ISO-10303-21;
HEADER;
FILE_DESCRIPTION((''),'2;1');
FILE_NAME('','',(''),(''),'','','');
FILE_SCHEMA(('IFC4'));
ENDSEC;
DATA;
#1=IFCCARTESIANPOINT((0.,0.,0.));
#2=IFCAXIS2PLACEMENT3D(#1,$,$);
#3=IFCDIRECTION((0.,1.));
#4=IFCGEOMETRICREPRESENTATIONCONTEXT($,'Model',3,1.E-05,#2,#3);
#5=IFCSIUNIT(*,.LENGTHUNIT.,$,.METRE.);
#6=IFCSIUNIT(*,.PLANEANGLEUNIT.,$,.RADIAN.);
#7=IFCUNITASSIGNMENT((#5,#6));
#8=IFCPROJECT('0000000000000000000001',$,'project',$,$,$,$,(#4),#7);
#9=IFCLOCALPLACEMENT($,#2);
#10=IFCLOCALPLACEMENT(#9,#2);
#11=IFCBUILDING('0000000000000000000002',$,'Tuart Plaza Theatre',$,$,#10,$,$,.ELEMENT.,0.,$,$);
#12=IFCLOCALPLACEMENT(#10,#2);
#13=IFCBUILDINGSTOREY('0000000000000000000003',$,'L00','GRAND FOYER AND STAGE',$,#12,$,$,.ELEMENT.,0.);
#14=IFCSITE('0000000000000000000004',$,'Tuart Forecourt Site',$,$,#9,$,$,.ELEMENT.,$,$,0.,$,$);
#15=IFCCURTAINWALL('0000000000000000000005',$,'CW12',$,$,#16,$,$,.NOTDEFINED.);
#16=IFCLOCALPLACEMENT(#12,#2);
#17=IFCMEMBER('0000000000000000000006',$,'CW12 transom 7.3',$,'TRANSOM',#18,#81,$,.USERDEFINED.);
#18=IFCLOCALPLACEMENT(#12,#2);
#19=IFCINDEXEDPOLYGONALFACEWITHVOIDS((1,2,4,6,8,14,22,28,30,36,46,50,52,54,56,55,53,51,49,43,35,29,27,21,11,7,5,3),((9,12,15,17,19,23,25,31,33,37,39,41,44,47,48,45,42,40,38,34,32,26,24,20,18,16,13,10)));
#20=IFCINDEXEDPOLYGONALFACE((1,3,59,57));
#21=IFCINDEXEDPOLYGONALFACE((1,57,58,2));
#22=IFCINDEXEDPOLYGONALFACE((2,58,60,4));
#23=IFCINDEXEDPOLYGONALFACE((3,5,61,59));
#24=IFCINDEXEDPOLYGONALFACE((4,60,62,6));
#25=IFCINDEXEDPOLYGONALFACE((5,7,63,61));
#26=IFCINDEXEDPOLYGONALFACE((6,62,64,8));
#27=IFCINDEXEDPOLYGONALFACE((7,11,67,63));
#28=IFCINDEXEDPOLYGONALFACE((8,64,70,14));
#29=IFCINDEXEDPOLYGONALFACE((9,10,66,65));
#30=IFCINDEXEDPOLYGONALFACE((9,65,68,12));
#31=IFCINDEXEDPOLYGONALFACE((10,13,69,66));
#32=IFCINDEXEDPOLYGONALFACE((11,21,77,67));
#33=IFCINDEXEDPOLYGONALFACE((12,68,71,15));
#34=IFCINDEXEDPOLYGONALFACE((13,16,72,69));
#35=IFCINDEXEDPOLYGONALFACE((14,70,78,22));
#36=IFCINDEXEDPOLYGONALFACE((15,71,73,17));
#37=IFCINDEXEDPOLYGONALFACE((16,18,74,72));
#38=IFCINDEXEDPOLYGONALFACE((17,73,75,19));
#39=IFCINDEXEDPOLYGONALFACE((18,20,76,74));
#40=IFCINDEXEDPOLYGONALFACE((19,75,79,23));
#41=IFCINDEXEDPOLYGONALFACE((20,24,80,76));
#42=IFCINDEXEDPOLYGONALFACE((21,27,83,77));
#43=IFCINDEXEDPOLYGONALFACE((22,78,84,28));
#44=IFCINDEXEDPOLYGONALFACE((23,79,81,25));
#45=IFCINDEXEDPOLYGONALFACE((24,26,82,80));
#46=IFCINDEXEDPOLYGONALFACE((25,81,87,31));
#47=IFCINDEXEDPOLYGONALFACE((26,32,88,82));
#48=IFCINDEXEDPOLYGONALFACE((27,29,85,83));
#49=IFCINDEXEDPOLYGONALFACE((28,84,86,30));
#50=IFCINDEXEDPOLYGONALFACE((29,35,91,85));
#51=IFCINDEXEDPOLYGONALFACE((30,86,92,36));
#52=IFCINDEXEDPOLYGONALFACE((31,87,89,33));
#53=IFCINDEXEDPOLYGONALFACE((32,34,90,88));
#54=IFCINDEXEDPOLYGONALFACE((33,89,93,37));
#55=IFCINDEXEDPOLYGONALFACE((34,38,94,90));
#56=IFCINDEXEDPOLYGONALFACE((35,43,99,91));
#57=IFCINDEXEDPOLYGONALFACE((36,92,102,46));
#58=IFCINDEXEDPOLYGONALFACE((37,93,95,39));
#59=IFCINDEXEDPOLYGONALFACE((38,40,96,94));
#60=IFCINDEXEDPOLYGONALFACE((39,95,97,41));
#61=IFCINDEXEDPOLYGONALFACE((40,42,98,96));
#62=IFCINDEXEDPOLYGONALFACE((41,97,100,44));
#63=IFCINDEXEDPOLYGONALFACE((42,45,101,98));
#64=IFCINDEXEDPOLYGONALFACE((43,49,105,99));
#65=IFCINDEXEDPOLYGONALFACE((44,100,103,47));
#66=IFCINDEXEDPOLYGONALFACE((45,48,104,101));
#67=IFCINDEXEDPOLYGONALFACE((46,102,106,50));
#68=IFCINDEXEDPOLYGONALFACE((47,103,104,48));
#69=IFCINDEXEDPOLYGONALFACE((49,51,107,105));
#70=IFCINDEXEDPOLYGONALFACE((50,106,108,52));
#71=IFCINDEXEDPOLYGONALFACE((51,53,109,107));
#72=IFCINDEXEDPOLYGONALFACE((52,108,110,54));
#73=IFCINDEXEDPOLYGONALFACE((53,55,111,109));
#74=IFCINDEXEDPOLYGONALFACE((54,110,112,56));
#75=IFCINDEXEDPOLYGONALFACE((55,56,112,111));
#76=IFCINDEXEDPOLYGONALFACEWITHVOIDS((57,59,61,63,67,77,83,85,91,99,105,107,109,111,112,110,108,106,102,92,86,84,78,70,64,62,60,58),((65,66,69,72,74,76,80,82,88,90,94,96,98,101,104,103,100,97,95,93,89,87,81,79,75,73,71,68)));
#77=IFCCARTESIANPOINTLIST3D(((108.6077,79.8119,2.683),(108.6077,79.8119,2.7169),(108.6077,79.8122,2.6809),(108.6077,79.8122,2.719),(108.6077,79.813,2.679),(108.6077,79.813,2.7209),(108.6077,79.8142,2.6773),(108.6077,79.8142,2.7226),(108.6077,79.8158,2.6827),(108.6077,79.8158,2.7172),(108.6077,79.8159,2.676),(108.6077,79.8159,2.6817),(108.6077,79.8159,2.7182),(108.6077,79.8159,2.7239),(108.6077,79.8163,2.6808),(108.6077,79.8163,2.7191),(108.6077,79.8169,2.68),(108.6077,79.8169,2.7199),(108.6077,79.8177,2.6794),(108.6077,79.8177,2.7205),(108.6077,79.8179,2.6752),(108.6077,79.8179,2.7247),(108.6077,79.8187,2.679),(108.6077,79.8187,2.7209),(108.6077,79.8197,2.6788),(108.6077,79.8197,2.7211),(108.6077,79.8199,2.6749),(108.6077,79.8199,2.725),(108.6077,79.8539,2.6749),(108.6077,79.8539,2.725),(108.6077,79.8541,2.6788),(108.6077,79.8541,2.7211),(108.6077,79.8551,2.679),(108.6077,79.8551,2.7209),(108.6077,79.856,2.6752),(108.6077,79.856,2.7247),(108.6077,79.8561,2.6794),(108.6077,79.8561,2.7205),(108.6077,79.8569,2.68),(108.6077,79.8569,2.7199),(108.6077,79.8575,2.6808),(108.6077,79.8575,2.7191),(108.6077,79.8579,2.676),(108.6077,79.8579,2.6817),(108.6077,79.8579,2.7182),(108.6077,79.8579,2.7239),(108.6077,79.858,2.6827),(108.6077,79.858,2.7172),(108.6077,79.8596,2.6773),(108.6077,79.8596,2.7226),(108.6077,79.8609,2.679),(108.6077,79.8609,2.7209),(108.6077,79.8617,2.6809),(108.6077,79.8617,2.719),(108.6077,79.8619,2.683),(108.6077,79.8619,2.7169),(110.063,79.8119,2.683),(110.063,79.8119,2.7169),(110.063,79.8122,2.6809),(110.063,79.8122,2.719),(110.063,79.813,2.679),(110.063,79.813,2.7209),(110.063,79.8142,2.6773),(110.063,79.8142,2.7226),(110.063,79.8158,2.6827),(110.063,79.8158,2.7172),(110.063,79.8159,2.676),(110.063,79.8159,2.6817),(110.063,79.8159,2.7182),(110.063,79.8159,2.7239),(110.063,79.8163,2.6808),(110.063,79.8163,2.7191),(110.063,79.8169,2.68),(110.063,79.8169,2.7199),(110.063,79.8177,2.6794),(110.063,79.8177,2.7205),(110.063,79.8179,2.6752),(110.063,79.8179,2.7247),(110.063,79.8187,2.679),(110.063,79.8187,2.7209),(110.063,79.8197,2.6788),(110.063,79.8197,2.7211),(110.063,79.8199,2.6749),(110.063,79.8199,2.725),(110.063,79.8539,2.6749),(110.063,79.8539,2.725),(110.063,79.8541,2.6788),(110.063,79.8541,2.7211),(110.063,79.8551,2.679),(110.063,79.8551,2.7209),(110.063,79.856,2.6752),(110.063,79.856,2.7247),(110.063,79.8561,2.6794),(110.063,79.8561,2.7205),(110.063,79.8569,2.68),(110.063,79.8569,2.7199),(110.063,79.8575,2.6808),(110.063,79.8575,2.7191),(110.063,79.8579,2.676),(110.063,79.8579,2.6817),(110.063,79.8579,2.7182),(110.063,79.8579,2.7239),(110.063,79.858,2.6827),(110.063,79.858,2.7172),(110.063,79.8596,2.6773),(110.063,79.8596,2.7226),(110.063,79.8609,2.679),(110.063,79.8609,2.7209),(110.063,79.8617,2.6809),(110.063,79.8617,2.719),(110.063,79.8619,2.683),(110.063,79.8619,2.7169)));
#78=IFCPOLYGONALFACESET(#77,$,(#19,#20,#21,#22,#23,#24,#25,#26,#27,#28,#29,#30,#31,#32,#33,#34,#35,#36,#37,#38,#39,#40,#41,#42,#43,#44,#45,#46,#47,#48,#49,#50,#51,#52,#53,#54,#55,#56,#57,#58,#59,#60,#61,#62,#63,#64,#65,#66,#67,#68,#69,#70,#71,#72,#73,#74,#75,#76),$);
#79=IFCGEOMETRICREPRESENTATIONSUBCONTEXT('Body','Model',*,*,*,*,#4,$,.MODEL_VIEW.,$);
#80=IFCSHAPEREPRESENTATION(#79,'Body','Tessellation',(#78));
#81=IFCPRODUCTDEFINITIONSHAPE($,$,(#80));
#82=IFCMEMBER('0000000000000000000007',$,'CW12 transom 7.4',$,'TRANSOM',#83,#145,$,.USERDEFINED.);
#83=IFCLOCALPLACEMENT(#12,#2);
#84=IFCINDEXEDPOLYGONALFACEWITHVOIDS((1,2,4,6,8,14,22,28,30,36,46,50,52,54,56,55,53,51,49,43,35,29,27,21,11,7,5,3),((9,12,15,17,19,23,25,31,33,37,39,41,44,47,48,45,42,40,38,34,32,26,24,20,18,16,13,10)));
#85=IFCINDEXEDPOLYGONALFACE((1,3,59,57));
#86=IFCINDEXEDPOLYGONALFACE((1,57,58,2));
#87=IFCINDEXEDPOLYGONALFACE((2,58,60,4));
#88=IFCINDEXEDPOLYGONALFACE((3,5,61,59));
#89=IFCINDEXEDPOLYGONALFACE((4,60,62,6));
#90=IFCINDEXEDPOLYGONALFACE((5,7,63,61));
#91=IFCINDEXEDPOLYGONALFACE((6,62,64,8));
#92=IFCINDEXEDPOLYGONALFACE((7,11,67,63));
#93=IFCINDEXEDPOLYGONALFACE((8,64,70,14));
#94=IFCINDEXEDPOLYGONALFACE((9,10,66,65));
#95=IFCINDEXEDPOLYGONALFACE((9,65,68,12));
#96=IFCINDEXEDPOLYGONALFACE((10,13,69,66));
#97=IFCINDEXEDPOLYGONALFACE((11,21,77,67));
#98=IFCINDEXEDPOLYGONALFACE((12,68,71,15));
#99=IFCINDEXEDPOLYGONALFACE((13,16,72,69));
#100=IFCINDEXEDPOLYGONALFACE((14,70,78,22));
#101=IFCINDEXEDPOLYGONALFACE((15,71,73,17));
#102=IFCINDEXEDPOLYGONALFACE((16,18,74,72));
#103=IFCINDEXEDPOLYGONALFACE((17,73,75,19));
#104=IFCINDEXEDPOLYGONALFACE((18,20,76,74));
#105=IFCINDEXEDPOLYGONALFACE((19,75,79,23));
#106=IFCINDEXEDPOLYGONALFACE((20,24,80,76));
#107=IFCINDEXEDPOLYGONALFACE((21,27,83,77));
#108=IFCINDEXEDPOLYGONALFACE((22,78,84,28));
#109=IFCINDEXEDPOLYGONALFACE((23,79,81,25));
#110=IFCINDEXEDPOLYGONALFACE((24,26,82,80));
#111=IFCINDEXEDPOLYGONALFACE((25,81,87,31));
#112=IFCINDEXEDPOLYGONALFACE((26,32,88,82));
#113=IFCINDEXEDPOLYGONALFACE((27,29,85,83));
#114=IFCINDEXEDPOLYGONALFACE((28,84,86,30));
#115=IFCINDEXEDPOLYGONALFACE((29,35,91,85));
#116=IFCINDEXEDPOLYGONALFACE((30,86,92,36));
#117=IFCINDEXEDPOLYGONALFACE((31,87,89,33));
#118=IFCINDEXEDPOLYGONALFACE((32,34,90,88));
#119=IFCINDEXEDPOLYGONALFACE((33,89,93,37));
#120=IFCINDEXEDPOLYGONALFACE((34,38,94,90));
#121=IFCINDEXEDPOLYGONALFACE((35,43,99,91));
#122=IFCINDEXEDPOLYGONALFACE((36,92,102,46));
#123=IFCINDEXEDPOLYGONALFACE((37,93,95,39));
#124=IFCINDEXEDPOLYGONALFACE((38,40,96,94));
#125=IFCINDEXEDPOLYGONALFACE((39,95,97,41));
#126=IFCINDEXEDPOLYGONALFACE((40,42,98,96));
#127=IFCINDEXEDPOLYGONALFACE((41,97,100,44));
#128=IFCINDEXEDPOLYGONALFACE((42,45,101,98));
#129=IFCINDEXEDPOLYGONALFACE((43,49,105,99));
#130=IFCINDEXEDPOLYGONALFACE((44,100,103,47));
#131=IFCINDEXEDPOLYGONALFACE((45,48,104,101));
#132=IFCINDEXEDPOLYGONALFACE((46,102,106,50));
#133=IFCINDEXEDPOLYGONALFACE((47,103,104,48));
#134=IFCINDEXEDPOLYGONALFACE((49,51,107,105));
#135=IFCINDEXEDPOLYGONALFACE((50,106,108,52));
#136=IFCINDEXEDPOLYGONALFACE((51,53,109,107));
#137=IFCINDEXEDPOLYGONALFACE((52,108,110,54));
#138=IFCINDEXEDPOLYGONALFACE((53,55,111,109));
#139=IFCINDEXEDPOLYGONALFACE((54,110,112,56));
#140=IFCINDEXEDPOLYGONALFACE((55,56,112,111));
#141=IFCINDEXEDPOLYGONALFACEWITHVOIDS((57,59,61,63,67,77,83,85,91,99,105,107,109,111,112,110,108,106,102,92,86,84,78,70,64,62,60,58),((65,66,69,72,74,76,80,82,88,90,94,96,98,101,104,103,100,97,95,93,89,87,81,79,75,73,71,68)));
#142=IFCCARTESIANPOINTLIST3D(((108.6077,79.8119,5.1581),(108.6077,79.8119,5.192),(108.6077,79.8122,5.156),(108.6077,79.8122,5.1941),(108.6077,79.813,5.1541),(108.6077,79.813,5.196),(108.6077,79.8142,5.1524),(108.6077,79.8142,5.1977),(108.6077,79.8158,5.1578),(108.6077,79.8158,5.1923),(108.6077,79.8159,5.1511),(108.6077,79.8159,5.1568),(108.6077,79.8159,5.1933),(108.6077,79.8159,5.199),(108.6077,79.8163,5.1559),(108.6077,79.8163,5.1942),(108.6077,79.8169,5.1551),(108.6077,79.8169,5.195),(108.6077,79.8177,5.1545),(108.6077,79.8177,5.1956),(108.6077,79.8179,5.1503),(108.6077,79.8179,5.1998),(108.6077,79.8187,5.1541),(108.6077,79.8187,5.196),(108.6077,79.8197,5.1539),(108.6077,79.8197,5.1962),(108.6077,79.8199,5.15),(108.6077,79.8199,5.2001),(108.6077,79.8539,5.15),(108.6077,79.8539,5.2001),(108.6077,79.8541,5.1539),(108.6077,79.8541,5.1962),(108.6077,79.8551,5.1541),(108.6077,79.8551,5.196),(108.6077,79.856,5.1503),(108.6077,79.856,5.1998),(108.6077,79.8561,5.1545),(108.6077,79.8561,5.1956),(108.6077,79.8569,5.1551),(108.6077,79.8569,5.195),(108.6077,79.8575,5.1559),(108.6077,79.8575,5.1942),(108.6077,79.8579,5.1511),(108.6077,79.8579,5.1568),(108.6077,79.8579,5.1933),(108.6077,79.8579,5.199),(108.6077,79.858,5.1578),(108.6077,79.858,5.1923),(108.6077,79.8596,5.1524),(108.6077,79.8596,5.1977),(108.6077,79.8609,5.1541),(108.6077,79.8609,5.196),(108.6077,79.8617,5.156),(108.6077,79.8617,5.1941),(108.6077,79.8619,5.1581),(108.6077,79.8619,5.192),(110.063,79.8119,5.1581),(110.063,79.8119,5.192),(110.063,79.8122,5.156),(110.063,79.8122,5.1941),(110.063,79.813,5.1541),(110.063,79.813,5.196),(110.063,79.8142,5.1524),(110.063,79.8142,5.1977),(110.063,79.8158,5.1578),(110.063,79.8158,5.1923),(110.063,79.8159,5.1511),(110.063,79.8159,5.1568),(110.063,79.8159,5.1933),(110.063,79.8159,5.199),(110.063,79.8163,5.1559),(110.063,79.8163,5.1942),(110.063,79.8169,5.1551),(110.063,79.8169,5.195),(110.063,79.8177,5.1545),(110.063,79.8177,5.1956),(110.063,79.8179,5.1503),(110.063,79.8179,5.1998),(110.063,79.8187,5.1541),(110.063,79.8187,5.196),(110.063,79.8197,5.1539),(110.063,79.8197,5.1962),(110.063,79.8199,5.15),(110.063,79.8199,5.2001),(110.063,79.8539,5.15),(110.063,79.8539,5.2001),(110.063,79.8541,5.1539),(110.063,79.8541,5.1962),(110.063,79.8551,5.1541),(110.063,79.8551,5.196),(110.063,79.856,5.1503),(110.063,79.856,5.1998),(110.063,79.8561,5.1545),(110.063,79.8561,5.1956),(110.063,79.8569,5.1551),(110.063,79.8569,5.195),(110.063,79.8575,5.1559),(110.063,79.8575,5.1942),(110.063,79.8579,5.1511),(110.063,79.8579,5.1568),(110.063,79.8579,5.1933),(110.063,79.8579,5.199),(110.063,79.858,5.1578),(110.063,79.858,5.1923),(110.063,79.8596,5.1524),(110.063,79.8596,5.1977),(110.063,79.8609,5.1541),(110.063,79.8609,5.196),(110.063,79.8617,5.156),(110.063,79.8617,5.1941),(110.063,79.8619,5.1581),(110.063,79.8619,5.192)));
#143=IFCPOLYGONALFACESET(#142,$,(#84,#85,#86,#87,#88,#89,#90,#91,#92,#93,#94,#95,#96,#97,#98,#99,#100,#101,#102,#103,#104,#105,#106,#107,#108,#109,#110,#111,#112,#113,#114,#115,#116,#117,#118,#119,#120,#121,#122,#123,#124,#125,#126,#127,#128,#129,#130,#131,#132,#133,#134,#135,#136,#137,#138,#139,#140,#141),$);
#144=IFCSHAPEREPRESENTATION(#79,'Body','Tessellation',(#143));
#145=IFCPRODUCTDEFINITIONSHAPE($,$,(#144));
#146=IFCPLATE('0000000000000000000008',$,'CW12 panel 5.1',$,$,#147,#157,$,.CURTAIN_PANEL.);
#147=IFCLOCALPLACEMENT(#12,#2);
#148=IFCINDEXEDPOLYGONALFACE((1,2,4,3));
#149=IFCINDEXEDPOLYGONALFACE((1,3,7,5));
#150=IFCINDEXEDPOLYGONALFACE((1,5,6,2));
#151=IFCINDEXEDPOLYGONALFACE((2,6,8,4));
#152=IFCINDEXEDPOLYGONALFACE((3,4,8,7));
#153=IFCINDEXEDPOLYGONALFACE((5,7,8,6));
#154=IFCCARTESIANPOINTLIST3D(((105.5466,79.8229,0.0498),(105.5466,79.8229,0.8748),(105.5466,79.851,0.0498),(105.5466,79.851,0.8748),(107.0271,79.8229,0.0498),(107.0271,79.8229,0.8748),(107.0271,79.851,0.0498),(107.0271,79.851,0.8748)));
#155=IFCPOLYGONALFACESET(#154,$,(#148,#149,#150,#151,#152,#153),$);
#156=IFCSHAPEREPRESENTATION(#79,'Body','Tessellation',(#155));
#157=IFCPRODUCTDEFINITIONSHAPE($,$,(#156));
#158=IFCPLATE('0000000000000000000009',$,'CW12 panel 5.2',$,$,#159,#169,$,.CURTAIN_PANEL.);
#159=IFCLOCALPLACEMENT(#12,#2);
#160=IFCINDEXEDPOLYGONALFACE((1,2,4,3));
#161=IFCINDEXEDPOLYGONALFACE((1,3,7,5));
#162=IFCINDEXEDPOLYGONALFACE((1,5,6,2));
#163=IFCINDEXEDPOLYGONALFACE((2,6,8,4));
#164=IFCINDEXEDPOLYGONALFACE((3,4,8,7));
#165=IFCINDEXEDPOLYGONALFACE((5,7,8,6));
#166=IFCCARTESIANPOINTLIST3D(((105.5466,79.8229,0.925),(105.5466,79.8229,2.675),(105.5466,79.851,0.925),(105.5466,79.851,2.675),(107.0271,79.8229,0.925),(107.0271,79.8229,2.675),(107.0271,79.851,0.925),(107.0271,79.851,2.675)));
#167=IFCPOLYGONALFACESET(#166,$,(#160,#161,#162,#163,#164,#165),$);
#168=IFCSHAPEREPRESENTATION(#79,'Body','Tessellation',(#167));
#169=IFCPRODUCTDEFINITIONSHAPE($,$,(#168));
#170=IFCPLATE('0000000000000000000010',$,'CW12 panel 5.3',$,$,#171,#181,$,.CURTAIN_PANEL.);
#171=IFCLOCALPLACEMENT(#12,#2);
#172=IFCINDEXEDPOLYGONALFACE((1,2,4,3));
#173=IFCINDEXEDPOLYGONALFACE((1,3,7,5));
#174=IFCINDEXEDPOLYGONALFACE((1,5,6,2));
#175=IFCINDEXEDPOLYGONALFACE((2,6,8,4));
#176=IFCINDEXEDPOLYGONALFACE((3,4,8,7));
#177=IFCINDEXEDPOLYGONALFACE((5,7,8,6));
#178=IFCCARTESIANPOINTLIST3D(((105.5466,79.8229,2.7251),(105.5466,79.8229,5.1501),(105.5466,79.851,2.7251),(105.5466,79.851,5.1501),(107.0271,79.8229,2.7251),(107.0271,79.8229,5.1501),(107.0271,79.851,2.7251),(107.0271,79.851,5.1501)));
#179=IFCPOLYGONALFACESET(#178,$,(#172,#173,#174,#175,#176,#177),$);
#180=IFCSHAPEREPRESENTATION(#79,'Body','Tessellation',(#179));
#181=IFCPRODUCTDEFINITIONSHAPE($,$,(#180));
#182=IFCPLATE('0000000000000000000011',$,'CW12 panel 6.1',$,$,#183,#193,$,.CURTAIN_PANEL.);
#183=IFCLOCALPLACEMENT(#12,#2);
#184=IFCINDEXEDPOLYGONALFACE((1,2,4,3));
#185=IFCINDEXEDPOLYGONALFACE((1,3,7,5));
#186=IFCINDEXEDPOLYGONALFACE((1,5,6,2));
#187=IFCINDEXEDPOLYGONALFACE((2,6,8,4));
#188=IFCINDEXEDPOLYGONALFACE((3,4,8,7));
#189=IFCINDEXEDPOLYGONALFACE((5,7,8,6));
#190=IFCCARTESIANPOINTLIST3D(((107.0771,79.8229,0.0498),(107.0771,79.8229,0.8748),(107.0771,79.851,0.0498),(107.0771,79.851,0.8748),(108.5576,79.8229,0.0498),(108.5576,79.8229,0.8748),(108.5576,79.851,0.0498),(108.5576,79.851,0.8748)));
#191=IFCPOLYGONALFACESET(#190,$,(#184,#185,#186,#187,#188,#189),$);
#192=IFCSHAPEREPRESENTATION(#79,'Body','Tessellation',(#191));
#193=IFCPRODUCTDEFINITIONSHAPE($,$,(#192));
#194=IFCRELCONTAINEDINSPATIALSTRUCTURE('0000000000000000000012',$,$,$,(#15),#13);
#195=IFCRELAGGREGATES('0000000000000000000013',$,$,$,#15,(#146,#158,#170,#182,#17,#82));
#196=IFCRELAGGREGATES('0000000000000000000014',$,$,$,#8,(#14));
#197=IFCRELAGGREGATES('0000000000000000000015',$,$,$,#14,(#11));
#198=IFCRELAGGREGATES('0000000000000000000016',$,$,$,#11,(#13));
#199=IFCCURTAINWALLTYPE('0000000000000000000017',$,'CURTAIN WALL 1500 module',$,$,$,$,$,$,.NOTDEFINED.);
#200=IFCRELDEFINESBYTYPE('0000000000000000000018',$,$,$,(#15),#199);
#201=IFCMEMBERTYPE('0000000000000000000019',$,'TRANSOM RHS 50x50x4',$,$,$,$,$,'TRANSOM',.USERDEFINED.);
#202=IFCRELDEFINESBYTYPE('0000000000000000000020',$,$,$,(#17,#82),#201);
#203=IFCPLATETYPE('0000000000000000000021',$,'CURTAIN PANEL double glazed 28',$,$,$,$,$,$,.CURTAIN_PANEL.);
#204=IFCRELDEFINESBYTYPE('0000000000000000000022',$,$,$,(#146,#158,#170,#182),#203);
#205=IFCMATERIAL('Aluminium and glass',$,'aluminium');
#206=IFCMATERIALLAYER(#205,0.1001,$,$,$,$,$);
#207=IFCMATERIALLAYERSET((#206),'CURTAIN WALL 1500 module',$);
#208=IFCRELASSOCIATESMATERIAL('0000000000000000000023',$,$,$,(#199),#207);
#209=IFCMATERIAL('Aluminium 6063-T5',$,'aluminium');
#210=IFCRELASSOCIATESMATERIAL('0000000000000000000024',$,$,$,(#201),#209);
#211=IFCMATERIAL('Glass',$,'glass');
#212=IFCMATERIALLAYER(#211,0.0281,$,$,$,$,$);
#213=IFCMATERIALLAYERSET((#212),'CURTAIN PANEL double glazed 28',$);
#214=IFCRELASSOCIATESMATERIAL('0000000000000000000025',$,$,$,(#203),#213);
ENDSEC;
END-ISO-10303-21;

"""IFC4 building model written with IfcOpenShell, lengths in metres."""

from ifc_helpers import new_model, si_unit, direction, frame, origin, origin_2d, place, context, subcontext, project, spatial, rectangle, hollow_rectangle, extrude, material, layer, layer_set, material_profile, profile_set, type_object, element, aggregate, save


model = new_model("IFC4")

# Units and contexts
model_context = context("Model", 3, precision=1e-05, world=origin(), true_north=direction((0.0, 1.0)))
body_context = subcontext(model_context, "Body", "Model", "MODEL_VIEW")
ifc_project = project(units=[si_unit("LENGTHUNIT", "METRE"), si_unit("PLANEANGLEUNIT", "RADIAN")], contexts=[model_context])

# Site, building, storey
site_placement = place(None, origin())
site = spatial("IfcSite", under=ifc_project, at=site_placement, Name="Tuart Forecourt Site", CompositionType="ELEMENT", RefElevation=0.0)
building_placement = place(site_placement, origin())
building = spatial("IfcBuilding", under=site, at=building_placement, Name="Tuart Plaza Theatre", CompositionType="ELEMENT", ElevationOfRefHeight=0.0)
storey_placement = place(building_placement, origin())
storey = spatial("IfcBuildingStorey", under=building, at=storey_placement, Name="L00", Description="GRAND FOYER AND STAGE", CompositionType="ELEMENT", Elevation=0.0)

# Curtain wall, members, plates
ifc_material_1 = material(Name="Aluminium and glass", Category="aluminium")
ifc_layer_1 = layer(ifc_material_1, 0.1001)
ifc_layer_set_1 = layer_set([ifc_layer_1], Name="CURTAIN WALL 1500 module")
curtain_wall_type = type_object("IfcCurtainWallType", Name="CURTAIN WALL 1500 module", PredefinedType="NOTDEFINED", material=ifc_layer_set_1)
curtain_wall_placement = place(storey_placement, origin())
curtain_wall = element("IfcCurtainWall", 1, at=curtain_wall_placement, inside=storey, type_object=curtain_wall_type, Name="CW12", PredefinedType="NOTDEFINED")
ifc_material_2 = material(Name="Aluminium 6063-T5", Category="aluminium")
ifc_material_profile_1 = material_profile(ifc_material_2, hollow_rectangle(XDim=0.05, YDim=0.05, WallThickness=0.0039, InnerFilletRadius=0.0039, OuterFilletRadius=0.0081, at=origin_2d()), Name="RHS 50x50x4")
ifc_profile_set_1 = profile_set([ifc_material_profile_1], Name="Aluminium 6063-T5")
member_type_1 = type_object("IfcMemberType", Name="TRANSOM RHS 50x50x4", ElementType="TRANSOM", PredefinedType="USERDEFINED", material=ifc_profile_set_1)
member_1_placement = place(storey_placement, frame((108.6077, 79.8369, 2.7), z_axis=(1.0, 0.0, 0.0), x_axis=(0.0, 1.0, 0.0)))
member_1 = element("IfcMember", 2, at=member_1_placement, type_object=member_type_1, Name="CW12 transom 7.3", ObjectType="TRANSOM", PredefinedType="USERDEFINED", context=body_context, shape_type="SweptSolid", body=[
    extrude(hollow_rectangle(XDim=0.05, YDim=0.05, WallThickness=0.0039, InnerFilletRadius=0.0039, OuterFilletRadius=0.0081, at=origin_2d()), origin(), (0.0, 0.0, 1.0), 1.4553),
])
member_2_placement = place(storey_placement, frame((108.6077, 79.8369, 5.175), z_axis=(1.0, 0.0, 0.0), x_axis=(0.0, 1.0, 0.0)))
member_2 = element("IfcMember", 3, at=member_2_placement, type_object=member_type_1, Name="CW12 transom 7.4", ObjectType="TRANSOM", PredefinedType="USERDEFINED", context=body_context, shape_type="SweptSolid", body=[
    extrude(hollow_rectangle(XDim=0.05, YDim=0.05, WallThickness=0.0039, InnerFilletRadius=0.0039, OuterFilletRadius=0.0081, at=origin_2d()), origin(), (0.0, 0.0, 1.0), 1.4553),
])
ifc_material_3 = material(Name="Glass", Category="glass")
ifc_layer_2 = layer(ifc_material_3, 0.0281)
ifc_layer_set_2 = layer_set([ifc_layer_2], Name="CURTAIN PANEL double glazed 28")
plate_type = type_object("IfcPlateType", Name="CURTAIN PANEL double glazed 28", PredefinedType="CURTAIN_PANEL", material=ifc_layer_set_2)
plate_1_placement = place(storey_placement, frame((106.2869, 79.8369, 0.0498), z_axis=(0.0, 0.0, 1.0), x_axis=(1.0, 0.0, 0.0)))
plate_1 = element("IfcPlate", 4, at=plate_1_placement, type_object=plate_type, Name="CW12 panel 5.1", PredefinedType="CURTAIN_PANEL", context=body_context, shape_type="SweptSolid", body=[
    extrude(rectangle(XDim=1.4805, YDim=0.0281, at=origin_2d()), origin(), (0.0, 0.0, 1.0), 0.825),
])
plate_2_placement = place(storey_placement, frame((106.2869, 79.8369, 0.925), z_axis=(0.0, 0.0, 1.0), x_axis=(1.0, 0.0, 0.0)))
plate_2 = element("IfcPlate", 5, at=plate_2_placement, type_object=plate_type, Name="CW12 panel 5.2", PredefinedType="CURTAIN_PANEL", context=body_context, shape_type="SweptSolid", body=[
    extrude(rectangle(XDim=1.4805, YDim=0.0281, at=origin_2d()), origin(), (0.0, 0.0, 1.0), 1.75),
])
plate_3_placement = place(storey_placement, frame((106.2869, 79.8369, 2.7251), z_axis=(0.0, 0.0, 1.0), x_axis=(1.0, 0.0, 0.0)))
plate_3 = element("IfcPlate", 6, at=plate_3_placement, type_object=plate_type, Name="CW12 panel 5.3", PredefinedType="CURTAIN_PANEL", context=body_context, shape_type="SweptSolid", body=[
    extrude(rectangle(XDim=1.4805, YDim=0.0281, at=origin_2d()), origin(), (0.0, 0.0, 1.0), 2.425),
])
plate_4_placement = place(storey_placement, frame((107.8174, 79.8369, 0.0498), z_axis=(0.0, 0.0, 1.0), x_axis=(1.0, 0.0, 0.0)))
plate_4 = element("IfcPlate", 7, at=plate_4_placement, type_object=plate_type, Name="CW12 panel 6.1", PredefinedType="CURTAIN_PANEL", context=body_context, shape_type="SweptSolid", body=[
    extrude(rectangle(XDim=1.4805, YDim=0.0281, at=origin_2d()), origin(), (0.0, 0.0, 1.0), 0.825),
])
aggregate(curtain_wall, [plate_1, plate_2, plate_3, plate_4, member_1, member_2])

save(model, "model.ifc")
